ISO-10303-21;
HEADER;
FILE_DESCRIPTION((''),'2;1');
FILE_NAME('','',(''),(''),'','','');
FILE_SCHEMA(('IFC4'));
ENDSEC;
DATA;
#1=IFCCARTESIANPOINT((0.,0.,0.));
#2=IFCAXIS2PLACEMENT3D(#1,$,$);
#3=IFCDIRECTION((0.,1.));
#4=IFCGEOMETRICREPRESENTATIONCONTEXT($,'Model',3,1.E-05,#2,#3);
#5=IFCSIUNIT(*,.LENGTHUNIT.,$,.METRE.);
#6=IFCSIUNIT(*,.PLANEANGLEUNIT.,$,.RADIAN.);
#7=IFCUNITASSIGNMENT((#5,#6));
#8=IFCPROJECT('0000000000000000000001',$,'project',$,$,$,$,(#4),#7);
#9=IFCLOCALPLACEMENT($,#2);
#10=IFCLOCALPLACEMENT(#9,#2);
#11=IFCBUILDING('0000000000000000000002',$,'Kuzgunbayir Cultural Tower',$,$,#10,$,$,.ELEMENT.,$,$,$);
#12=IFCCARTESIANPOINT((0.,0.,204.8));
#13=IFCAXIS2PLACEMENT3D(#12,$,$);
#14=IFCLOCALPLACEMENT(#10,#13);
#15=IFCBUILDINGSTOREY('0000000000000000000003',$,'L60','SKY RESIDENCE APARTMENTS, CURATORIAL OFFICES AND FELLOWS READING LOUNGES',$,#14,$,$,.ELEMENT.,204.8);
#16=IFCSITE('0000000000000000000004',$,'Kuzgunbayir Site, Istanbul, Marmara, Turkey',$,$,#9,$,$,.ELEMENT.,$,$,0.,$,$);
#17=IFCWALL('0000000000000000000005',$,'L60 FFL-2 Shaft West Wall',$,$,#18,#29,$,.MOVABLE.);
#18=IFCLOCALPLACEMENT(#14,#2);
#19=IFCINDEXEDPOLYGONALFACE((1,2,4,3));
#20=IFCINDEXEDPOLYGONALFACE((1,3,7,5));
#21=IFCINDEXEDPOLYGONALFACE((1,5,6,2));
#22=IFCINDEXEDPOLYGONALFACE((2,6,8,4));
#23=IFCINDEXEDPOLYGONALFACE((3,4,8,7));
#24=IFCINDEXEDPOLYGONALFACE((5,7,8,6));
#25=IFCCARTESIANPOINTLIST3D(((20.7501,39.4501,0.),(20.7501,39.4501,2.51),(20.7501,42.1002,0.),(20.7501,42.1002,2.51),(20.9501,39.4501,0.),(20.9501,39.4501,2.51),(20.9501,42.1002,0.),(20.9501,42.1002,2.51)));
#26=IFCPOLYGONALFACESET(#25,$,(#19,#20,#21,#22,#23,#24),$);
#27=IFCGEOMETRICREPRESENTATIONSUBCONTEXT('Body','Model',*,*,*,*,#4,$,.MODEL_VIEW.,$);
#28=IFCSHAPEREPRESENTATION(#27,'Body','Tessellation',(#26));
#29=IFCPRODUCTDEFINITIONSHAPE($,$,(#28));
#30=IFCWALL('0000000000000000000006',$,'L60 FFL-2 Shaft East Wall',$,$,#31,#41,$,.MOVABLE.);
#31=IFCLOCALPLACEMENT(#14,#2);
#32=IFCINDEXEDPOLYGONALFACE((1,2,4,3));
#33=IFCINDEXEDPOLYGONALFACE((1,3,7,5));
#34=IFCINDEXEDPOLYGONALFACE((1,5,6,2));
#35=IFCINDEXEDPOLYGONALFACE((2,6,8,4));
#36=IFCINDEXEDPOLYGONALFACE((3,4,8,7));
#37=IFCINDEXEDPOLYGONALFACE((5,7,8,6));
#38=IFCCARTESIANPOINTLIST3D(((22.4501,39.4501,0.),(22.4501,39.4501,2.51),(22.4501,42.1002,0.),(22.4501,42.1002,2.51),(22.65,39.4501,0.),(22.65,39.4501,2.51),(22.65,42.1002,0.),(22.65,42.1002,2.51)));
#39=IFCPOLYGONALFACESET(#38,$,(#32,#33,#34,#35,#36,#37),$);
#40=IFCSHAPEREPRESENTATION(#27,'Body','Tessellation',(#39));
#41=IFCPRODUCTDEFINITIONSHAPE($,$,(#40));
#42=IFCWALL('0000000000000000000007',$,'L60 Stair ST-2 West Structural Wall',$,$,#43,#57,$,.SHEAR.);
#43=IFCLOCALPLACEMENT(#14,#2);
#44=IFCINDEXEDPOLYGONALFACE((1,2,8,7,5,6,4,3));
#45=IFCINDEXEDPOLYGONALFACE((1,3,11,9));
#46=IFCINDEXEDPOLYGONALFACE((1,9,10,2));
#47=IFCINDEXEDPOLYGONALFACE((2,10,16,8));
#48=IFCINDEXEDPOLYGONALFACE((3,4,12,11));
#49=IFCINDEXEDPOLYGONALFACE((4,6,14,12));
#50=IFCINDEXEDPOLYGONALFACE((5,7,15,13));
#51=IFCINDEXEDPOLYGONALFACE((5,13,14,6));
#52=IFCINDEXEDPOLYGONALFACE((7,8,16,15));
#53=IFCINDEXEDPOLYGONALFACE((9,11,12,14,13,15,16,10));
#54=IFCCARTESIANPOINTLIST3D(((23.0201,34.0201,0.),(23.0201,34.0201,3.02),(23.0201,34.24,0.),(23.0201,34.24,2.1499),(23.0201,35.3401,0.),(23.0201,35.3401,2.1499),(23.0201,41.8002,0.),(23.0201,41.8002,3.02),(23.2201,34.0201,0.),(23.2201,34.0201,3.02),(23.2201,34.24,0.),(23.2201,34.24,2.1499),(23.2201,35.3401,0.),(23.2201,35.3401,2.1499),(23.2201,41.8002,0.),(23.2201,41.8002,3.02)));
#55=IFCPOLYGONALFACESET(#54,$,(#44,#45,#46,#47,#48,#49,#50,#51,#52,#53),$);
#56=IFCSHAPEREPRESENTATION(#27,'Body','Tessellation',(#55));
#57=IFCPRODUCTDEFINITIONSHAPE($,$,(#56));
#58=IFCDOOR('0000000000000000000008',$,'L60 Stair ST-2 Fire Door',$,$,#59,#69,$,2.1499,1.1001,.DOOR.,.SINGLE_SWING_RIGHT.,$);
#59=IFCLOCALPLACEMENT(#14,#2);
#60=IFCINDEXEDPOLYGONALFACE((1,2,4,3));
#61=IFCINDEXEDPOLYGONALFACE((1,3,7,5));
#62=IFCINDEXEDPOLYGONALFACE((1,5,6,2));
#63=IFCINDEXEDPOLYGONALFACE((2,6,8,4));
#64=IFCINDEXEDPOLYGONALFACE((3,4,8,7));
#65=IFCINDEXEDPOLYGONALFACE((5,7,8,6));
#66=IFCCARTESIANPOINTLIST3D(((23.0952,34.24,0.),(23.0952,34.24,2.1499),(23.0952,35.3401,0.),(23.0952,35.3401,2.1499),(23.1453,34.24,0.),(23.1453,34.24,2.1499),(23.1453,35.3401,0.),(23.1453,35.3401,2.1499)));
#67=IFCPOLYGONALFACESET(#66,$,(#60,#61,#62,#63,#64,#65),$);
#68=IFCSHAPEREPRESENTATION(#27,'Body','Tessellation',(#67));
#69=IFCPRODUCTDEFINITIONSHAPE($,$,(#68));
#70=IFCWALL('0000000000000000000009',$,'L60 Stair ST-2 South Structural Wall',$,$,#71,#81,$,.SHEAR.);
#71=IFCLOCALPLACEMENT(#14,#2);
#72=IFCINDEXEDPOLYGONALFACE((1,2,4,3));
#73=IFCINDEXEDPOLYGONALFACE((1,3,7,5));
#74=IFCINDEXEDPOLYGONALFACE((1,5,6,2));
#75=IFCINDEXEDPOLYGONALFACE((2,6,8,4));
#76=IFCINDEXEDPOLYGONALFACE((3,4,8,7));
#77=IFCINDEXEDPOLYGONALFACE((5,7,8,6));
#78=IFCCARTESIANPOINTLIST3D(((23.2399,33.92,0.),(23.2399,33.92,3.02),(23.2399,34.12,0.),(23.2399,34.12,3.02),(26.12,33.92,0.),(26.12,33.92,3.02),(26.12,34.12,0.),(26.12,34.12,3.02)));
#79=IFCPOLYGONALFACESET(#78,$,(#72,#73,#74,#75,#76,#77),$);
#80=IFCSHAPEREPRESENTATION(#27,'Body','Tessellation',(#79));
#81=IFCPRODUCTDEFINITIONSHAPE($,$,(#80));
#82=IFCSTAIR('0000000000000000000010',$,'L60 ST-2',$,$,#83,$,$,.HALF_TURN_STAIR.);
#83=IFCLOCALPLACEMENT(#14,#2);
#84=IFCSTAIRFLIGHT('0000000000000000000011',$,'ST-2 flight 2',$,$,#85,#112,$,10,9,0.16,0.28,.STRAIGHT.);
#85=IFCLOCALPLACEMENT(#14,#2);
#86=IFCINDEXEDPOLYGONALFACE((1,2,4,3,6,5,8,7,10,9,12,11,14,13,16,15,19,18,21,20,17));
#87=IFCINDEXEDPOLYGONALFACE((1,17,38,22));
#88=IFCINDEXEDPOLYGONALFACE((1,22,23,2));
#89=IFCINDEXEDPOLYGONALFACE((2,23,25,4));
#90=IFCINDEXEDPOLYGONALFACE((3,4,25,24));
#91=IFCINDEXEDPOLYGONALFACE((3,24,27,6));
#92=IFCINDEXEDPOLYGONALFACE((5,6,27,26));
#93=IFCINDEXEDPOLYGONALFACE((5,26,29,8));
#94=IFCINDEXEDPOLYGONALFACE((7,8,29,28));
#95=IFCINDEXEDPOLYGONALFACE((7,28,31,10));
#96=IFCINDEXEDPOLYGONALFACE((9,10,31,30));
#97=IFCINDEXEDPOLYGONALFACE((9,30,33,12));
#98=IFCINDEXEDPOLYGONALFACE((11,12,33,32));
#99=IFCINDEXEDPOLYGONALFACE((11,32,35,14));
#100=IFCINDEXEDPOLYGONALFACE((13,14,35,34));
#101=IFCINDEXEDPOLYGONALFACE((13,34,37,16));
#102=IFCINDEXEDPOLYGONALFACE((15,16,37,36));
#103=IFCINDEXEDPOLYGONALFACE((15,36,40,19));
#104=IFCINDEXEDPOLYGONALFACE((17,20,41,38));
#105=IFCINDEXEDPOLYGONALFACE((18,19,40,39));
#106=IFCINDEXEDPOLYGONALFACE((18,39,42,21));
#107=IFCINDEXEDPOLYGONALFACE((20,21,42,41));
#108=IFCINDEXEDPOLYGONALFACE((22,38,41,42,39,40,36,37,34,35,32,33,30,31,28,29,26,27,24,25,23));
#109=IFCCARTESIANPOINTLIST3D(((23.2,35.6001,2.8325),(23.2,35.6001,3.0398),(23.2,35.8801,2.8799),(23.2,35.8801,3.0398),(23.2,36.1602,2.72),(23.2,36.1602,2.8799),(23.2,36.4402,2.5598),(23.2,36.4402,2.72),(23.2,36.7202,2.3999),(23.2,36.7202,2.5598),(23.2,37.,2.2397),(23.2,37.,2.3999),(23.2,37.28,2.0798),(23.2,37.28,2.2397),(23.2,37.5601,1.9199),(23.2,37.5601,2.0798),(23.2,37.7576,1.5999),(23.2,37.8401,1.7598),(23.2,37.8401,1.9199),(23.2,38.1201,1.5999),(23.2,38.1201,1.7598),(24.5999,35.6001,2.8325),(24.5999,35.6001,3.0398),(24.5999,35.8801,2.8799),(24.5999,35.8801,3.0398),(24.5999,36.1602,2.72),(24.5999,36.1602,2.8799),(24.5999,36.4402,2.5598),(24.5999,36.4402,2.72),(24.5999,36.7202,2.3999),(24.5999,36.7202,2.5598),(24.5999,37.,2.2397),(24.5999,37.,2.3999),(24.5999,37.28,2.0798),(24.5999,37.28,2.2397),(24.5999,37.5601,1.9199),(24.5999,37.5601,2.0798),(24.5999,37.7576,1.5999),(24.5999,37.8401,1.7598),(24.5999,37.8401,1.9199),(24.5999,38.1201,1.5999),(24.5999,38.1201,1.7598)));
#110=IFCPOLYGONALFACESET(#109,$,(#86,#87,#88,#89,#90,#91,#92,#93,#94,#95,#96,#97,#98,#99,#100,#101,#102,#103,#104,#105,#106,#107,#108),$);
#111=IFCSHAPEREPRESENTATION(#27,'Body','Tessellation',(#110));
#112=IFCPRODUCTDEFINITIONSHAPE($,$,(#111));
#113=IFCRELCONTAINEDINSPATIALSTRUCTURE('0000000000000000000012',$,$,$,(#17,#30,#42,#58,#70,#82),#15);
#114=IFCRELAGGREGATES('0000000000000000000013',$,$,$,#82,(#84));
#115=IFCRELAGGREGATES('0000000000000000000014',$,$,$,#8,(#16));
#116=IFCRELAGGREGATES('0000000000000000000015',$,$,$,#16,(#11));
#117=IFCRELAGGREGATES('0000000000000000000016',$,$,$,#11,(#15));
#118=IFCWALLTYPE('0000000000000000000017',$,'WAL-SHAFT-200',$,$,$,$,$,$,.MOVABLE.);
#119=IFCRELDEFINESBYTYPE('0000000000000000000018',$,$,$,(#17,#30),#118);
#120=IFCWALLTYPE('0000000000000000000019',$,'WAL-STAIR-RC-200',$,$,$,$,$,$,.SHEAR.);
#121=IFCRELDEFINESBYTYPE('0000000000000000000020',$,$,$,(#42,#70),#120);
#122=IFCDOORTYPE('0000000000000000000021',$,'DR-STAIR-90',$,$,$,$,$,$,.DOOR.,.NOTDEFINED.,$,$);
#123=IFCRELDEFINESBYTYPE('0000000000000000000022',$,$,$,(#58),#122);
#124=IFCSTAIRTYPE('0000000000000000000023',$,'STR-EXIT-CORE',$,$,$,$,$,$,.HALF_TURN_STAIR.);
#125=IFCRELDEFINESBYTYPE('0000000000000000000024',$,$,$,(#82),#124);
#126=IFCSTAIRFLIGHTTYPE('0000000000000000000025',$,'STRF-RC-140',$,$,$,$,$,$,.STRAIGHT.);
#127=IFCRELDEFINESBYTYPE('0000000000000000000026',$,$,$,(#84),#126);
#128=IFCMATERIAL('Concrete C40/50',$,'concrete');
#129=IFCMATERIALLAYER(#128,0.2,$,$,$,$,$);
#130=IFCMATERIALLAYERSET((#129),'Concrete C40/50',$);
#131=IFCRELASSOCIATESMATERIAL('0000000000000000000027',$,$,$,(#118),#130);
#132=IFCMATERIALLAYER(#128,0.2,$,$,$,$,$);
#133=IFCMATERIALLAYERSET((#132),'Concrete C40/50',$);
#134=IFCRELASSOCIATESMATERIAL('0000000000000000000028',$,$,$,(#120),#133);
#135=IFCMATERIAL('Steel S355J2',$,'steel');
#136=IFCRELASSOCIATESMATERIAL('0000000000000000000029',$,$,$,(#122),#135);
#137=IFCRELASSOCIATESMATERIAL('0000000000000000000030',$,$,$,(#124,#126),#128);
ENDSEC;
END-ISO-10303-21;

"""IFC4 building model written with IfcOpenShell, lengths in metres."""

from ifc_helpers import new_model, si_unit, direction, frame, frame_2d, origin, place, context, subcontext, project, spatial, polyline, rectangle, outline, extrude, material, layer, layer_set, type_object, element, fill, aggregate, save


model = new_model("IFC4")

# Units and contexts
model_context = context("Model", 3, precision=1e-05, world=origin(), true_north=direction((0.0, 1.0)))
body_context = subcontext(model_context, "Body", "Model", "MODEL_VIEW")
ifc_project = project(units=[si_unit("LENGTHUNIT", "METRE"), si_unit("PLANEANGLEUNIT", "RADIAN")], contexts=[model_context])

# Site, building, storey
site_placement = place(None, origin())
site = spatial("IfcSite", under=ifc_project, at=site_placement, Name="Kuzgunbayir Site, Istanbul, Marmara, Turkey", CompositionType="ELEMENT", RefElevation=0.0)
building_placement = place(site_placement, origin())
building = spatial("IfcBuilding", under=site, at=building_placement, Name="Kuzgunbayir Cultural Tower", CompositionType="ELEMENT")
storey_placement = place(building_placement, frame((0.0, 0.0, 204.8)))
storey = spatial("IfcBuildingStorey", under=building, at=storey_placement, Name="L60", Description="SKY RESIDENCE APARTMENTS, CURATORIAL OFFICES AND FELLOWS READING LOUNGES", CompositionType="ELEMENT", Elevation=204.8)

# Shared definitions
ifc_material_1 = material(Name="Steel S355J2", Category="steel")

# Shared definitions
ifc_material_2 = material(Name="Concrete C40/50", Category="concrete")
ifc_layer_1 = layer(ifc_material_2, 0.2)
ifc_layer_set_1 = layer_set([ifc_layer_1], Name="Concrete C40/50")
wall_type_1 = type_object("IfcWallType", Name="WAL-SHAFT-200", PredefinedType="MOVABLE", material=ifc_layer_set_1)

# Walls
for number, where, z_axis, x_axis, name in (
    (1, (20.8501, 39.45, 0.0), (0.0, 0.0, 1.0), (0.0, 1.0, 0.0), "L60 FFL-2 Shaft West Wall"),
    (2, (22.55, 39.45, 0.0), (0.0, 0.0, 1.0), (0.0, 1.0, 0.0), "L60 FFL-2 Shaft East Wall"),
):
    element("IfcWall", number, at=place(storey_placement, frame(where, z_axis=z_axis, x_axis=x_axis)), inside=storey, type_object=wall_type_1, Name=name, PredefinedType="MOVABLE", context=body_context, shape_type="SweptSolid", body=[
        extrude(rectangle(XDim=2.6501, YDim=0.2, at=frame_2d((1.3252, 0.0))), origin(), (0.0, 0.0, 1.0), 2.51),
    ])

# Wall, opening, door
ifc_layer_2 = layer(ifc_material_2, 0.2)
ifc_layer_set_2 = layer_set([ifc_layer_2], Name="Concrete C40/50")
wall_type_2 = type_object("IfcWallType", Name="WAL-STAIR-RC-200", PredefinedType="SHEAR", material=ifc_layer_set_2)
wall_1_placement = place(storey_placement, frame((23.1201, 34.02, 0.0), z_axis=(0.0, 0.0, 1.0), x_axis=(0.0, 1.0, 0.0)))
wall_1 = element("IfcWall", 3, at=wall_1_placement, inside=storey, type_object=wall_type_2, Name="L60 Stair ST-2 West Structural Wall", PredefinedType="SHEAR", context=body_context, shape_type="SweptSolid", body=[
    extrude(rectangle(XDim=7.78, YDim=0.2, at=frame_2d((3.8901, 0.0))), origin(), (0.0, 0.0, 1.0), 3.02),
])
opening_1_placement = place(wall_1_placement, frame((0.22, 0.0, 0.0)))
opening_1 = element("IfcOpeningElement", 4, at=opening_1_placement, cuts=wall_1, PredefinedType="OPENING", context=body_context, shape_type="SweptSolid", body=[
    extrude(rectangle(XDim=1.1001, YDim=2.1499, at=frame_2d((0.55, 1.075))), frame((0.0, 0.1099, 0.0), z_axis=(0.0, -1.0, 0.0), x_axis=(1.0, 0.0, 0.0)), (0.0, 0.0, 1.0), 0.22),
])
door_type_1 = type_object("IfcDoorType", Name="DR-STAIR-90", OperationType="NOTDEFINED", PredefinedType="DOOR", material=ifc_material_1)
door_1_placement = place(opening_1_placement, origin())
door_1 = element("IfcDoor", 5, at=door_1_placement, inside=storey, type_object=door_type_1, Name="L60 Stair ST-2 Fire Door", OperationType="SINGLE_SWING_RIGHT", OverallHeight=2.1499, OverallWidth=1.1001, PredefinedType="DOOR", context=body_context, shape_type="SweptSolid", body=[
    extrude(rectangle(XDim=1.1001, YDim=2.1499, at=frame_2d((0.55, 1.075))), frame((0.0, 0.0249, 0.0), z_axis=(0.0, -1.0, 0.0), x_axis=(1.0, 0.0, 0.0)), (0.0, 0.0, 1.0), 0.05),
])
fill(opening_1, door_1)

# Wall
wall_2_placement = place(storey_placement, frame((23.24, 34.02, 0.0), z_axis=(0.0, 0.0, 1.0), x_axis=(1.0, 0.0, 0.0)))
element("IfcWall", 6, at=wall_2_placement, inside=storey, type_object=wall_type_2, Name="L60 Stair ST-2 South Structural Wall", PredefinedType="SHEAR", context=body_context, shape_type="SweptSolid", body=[
    extrude(rectangle(XDim=2.8801, YDim=0.2, at=frame_2d((1.4399, 0.0))), origin(), (0.0, 0.0, 1.0), 3.02),
])

# Stair, stair flight
stair_type = type_object("IfcStairType", Name="STR-EXIT-CORE", PredefinedType="HALF_TURN_STAIR", material=ifc_material_2)
stair_placement = place(storey_placement, origin())
stair = element("IfcStair", 7, at=stair_placement, inside=storey, type_object=stair_type, Name="L60 ST-2", PredefinedType="HALF_TURN_STAIR")
stair_flight_type = type_object("IfcStairFlightType", Name="STRF-RC-140", PredefinedType="STRAIGHT", material=ifc_material_2)
stair_flight_placement = place(storey_placement, frame((23.8999, 38.1201, 1.5999), z_axis=(0.0, 0.0, 1.0), x_axis=(0.0, -1.0, 0.0)))
stair_flight = element("IfcStairFlight", 8, at=stair_flight_placement, type_object=stair_flight_type, Name="ST-2 flight 2", NumberOfRisers=10, NumberOfTreads=9, PredefinedType="STRAIGHT", RiserHeight=0.16, TreadLength=0.28, context=body_context, shape_type="SweptSolid", body=[
    extrude(outline(polyline([(0.0, 0.0), (0.0, 0.1599), (0.28, 0.1599), (0.28, 0.3201), (0.5601, 0.3201), (0.5601, 0.48), (0.8401, 0.48), (0.8401, 0.6399), (1.1201, 0.6399), (1.1201, 0.8), (1.3999, 0.8), (1.3999, 0.96), (1.6799, 0.96), (1.6799, 1.1201), (1.96, 1.1201), (1.96, 1.28), (2.24, 1.28), (2.24, 1.4399), (2.52, 1.4399), (2.52, 1.6001), (2.52, 1.2327), (0.3625, 0.0), (0.0, 0.0)])), frame((0.0, 0.7, 0.0), z_axis=(0.0, -1.0, 0.0), x_axis=(1.0, 0.0, 0.0)), (0.0, 0.0, 1.0), 1.3999),
])
aggregate(stair, [stair_flight])

save(model, "model.ifc")
